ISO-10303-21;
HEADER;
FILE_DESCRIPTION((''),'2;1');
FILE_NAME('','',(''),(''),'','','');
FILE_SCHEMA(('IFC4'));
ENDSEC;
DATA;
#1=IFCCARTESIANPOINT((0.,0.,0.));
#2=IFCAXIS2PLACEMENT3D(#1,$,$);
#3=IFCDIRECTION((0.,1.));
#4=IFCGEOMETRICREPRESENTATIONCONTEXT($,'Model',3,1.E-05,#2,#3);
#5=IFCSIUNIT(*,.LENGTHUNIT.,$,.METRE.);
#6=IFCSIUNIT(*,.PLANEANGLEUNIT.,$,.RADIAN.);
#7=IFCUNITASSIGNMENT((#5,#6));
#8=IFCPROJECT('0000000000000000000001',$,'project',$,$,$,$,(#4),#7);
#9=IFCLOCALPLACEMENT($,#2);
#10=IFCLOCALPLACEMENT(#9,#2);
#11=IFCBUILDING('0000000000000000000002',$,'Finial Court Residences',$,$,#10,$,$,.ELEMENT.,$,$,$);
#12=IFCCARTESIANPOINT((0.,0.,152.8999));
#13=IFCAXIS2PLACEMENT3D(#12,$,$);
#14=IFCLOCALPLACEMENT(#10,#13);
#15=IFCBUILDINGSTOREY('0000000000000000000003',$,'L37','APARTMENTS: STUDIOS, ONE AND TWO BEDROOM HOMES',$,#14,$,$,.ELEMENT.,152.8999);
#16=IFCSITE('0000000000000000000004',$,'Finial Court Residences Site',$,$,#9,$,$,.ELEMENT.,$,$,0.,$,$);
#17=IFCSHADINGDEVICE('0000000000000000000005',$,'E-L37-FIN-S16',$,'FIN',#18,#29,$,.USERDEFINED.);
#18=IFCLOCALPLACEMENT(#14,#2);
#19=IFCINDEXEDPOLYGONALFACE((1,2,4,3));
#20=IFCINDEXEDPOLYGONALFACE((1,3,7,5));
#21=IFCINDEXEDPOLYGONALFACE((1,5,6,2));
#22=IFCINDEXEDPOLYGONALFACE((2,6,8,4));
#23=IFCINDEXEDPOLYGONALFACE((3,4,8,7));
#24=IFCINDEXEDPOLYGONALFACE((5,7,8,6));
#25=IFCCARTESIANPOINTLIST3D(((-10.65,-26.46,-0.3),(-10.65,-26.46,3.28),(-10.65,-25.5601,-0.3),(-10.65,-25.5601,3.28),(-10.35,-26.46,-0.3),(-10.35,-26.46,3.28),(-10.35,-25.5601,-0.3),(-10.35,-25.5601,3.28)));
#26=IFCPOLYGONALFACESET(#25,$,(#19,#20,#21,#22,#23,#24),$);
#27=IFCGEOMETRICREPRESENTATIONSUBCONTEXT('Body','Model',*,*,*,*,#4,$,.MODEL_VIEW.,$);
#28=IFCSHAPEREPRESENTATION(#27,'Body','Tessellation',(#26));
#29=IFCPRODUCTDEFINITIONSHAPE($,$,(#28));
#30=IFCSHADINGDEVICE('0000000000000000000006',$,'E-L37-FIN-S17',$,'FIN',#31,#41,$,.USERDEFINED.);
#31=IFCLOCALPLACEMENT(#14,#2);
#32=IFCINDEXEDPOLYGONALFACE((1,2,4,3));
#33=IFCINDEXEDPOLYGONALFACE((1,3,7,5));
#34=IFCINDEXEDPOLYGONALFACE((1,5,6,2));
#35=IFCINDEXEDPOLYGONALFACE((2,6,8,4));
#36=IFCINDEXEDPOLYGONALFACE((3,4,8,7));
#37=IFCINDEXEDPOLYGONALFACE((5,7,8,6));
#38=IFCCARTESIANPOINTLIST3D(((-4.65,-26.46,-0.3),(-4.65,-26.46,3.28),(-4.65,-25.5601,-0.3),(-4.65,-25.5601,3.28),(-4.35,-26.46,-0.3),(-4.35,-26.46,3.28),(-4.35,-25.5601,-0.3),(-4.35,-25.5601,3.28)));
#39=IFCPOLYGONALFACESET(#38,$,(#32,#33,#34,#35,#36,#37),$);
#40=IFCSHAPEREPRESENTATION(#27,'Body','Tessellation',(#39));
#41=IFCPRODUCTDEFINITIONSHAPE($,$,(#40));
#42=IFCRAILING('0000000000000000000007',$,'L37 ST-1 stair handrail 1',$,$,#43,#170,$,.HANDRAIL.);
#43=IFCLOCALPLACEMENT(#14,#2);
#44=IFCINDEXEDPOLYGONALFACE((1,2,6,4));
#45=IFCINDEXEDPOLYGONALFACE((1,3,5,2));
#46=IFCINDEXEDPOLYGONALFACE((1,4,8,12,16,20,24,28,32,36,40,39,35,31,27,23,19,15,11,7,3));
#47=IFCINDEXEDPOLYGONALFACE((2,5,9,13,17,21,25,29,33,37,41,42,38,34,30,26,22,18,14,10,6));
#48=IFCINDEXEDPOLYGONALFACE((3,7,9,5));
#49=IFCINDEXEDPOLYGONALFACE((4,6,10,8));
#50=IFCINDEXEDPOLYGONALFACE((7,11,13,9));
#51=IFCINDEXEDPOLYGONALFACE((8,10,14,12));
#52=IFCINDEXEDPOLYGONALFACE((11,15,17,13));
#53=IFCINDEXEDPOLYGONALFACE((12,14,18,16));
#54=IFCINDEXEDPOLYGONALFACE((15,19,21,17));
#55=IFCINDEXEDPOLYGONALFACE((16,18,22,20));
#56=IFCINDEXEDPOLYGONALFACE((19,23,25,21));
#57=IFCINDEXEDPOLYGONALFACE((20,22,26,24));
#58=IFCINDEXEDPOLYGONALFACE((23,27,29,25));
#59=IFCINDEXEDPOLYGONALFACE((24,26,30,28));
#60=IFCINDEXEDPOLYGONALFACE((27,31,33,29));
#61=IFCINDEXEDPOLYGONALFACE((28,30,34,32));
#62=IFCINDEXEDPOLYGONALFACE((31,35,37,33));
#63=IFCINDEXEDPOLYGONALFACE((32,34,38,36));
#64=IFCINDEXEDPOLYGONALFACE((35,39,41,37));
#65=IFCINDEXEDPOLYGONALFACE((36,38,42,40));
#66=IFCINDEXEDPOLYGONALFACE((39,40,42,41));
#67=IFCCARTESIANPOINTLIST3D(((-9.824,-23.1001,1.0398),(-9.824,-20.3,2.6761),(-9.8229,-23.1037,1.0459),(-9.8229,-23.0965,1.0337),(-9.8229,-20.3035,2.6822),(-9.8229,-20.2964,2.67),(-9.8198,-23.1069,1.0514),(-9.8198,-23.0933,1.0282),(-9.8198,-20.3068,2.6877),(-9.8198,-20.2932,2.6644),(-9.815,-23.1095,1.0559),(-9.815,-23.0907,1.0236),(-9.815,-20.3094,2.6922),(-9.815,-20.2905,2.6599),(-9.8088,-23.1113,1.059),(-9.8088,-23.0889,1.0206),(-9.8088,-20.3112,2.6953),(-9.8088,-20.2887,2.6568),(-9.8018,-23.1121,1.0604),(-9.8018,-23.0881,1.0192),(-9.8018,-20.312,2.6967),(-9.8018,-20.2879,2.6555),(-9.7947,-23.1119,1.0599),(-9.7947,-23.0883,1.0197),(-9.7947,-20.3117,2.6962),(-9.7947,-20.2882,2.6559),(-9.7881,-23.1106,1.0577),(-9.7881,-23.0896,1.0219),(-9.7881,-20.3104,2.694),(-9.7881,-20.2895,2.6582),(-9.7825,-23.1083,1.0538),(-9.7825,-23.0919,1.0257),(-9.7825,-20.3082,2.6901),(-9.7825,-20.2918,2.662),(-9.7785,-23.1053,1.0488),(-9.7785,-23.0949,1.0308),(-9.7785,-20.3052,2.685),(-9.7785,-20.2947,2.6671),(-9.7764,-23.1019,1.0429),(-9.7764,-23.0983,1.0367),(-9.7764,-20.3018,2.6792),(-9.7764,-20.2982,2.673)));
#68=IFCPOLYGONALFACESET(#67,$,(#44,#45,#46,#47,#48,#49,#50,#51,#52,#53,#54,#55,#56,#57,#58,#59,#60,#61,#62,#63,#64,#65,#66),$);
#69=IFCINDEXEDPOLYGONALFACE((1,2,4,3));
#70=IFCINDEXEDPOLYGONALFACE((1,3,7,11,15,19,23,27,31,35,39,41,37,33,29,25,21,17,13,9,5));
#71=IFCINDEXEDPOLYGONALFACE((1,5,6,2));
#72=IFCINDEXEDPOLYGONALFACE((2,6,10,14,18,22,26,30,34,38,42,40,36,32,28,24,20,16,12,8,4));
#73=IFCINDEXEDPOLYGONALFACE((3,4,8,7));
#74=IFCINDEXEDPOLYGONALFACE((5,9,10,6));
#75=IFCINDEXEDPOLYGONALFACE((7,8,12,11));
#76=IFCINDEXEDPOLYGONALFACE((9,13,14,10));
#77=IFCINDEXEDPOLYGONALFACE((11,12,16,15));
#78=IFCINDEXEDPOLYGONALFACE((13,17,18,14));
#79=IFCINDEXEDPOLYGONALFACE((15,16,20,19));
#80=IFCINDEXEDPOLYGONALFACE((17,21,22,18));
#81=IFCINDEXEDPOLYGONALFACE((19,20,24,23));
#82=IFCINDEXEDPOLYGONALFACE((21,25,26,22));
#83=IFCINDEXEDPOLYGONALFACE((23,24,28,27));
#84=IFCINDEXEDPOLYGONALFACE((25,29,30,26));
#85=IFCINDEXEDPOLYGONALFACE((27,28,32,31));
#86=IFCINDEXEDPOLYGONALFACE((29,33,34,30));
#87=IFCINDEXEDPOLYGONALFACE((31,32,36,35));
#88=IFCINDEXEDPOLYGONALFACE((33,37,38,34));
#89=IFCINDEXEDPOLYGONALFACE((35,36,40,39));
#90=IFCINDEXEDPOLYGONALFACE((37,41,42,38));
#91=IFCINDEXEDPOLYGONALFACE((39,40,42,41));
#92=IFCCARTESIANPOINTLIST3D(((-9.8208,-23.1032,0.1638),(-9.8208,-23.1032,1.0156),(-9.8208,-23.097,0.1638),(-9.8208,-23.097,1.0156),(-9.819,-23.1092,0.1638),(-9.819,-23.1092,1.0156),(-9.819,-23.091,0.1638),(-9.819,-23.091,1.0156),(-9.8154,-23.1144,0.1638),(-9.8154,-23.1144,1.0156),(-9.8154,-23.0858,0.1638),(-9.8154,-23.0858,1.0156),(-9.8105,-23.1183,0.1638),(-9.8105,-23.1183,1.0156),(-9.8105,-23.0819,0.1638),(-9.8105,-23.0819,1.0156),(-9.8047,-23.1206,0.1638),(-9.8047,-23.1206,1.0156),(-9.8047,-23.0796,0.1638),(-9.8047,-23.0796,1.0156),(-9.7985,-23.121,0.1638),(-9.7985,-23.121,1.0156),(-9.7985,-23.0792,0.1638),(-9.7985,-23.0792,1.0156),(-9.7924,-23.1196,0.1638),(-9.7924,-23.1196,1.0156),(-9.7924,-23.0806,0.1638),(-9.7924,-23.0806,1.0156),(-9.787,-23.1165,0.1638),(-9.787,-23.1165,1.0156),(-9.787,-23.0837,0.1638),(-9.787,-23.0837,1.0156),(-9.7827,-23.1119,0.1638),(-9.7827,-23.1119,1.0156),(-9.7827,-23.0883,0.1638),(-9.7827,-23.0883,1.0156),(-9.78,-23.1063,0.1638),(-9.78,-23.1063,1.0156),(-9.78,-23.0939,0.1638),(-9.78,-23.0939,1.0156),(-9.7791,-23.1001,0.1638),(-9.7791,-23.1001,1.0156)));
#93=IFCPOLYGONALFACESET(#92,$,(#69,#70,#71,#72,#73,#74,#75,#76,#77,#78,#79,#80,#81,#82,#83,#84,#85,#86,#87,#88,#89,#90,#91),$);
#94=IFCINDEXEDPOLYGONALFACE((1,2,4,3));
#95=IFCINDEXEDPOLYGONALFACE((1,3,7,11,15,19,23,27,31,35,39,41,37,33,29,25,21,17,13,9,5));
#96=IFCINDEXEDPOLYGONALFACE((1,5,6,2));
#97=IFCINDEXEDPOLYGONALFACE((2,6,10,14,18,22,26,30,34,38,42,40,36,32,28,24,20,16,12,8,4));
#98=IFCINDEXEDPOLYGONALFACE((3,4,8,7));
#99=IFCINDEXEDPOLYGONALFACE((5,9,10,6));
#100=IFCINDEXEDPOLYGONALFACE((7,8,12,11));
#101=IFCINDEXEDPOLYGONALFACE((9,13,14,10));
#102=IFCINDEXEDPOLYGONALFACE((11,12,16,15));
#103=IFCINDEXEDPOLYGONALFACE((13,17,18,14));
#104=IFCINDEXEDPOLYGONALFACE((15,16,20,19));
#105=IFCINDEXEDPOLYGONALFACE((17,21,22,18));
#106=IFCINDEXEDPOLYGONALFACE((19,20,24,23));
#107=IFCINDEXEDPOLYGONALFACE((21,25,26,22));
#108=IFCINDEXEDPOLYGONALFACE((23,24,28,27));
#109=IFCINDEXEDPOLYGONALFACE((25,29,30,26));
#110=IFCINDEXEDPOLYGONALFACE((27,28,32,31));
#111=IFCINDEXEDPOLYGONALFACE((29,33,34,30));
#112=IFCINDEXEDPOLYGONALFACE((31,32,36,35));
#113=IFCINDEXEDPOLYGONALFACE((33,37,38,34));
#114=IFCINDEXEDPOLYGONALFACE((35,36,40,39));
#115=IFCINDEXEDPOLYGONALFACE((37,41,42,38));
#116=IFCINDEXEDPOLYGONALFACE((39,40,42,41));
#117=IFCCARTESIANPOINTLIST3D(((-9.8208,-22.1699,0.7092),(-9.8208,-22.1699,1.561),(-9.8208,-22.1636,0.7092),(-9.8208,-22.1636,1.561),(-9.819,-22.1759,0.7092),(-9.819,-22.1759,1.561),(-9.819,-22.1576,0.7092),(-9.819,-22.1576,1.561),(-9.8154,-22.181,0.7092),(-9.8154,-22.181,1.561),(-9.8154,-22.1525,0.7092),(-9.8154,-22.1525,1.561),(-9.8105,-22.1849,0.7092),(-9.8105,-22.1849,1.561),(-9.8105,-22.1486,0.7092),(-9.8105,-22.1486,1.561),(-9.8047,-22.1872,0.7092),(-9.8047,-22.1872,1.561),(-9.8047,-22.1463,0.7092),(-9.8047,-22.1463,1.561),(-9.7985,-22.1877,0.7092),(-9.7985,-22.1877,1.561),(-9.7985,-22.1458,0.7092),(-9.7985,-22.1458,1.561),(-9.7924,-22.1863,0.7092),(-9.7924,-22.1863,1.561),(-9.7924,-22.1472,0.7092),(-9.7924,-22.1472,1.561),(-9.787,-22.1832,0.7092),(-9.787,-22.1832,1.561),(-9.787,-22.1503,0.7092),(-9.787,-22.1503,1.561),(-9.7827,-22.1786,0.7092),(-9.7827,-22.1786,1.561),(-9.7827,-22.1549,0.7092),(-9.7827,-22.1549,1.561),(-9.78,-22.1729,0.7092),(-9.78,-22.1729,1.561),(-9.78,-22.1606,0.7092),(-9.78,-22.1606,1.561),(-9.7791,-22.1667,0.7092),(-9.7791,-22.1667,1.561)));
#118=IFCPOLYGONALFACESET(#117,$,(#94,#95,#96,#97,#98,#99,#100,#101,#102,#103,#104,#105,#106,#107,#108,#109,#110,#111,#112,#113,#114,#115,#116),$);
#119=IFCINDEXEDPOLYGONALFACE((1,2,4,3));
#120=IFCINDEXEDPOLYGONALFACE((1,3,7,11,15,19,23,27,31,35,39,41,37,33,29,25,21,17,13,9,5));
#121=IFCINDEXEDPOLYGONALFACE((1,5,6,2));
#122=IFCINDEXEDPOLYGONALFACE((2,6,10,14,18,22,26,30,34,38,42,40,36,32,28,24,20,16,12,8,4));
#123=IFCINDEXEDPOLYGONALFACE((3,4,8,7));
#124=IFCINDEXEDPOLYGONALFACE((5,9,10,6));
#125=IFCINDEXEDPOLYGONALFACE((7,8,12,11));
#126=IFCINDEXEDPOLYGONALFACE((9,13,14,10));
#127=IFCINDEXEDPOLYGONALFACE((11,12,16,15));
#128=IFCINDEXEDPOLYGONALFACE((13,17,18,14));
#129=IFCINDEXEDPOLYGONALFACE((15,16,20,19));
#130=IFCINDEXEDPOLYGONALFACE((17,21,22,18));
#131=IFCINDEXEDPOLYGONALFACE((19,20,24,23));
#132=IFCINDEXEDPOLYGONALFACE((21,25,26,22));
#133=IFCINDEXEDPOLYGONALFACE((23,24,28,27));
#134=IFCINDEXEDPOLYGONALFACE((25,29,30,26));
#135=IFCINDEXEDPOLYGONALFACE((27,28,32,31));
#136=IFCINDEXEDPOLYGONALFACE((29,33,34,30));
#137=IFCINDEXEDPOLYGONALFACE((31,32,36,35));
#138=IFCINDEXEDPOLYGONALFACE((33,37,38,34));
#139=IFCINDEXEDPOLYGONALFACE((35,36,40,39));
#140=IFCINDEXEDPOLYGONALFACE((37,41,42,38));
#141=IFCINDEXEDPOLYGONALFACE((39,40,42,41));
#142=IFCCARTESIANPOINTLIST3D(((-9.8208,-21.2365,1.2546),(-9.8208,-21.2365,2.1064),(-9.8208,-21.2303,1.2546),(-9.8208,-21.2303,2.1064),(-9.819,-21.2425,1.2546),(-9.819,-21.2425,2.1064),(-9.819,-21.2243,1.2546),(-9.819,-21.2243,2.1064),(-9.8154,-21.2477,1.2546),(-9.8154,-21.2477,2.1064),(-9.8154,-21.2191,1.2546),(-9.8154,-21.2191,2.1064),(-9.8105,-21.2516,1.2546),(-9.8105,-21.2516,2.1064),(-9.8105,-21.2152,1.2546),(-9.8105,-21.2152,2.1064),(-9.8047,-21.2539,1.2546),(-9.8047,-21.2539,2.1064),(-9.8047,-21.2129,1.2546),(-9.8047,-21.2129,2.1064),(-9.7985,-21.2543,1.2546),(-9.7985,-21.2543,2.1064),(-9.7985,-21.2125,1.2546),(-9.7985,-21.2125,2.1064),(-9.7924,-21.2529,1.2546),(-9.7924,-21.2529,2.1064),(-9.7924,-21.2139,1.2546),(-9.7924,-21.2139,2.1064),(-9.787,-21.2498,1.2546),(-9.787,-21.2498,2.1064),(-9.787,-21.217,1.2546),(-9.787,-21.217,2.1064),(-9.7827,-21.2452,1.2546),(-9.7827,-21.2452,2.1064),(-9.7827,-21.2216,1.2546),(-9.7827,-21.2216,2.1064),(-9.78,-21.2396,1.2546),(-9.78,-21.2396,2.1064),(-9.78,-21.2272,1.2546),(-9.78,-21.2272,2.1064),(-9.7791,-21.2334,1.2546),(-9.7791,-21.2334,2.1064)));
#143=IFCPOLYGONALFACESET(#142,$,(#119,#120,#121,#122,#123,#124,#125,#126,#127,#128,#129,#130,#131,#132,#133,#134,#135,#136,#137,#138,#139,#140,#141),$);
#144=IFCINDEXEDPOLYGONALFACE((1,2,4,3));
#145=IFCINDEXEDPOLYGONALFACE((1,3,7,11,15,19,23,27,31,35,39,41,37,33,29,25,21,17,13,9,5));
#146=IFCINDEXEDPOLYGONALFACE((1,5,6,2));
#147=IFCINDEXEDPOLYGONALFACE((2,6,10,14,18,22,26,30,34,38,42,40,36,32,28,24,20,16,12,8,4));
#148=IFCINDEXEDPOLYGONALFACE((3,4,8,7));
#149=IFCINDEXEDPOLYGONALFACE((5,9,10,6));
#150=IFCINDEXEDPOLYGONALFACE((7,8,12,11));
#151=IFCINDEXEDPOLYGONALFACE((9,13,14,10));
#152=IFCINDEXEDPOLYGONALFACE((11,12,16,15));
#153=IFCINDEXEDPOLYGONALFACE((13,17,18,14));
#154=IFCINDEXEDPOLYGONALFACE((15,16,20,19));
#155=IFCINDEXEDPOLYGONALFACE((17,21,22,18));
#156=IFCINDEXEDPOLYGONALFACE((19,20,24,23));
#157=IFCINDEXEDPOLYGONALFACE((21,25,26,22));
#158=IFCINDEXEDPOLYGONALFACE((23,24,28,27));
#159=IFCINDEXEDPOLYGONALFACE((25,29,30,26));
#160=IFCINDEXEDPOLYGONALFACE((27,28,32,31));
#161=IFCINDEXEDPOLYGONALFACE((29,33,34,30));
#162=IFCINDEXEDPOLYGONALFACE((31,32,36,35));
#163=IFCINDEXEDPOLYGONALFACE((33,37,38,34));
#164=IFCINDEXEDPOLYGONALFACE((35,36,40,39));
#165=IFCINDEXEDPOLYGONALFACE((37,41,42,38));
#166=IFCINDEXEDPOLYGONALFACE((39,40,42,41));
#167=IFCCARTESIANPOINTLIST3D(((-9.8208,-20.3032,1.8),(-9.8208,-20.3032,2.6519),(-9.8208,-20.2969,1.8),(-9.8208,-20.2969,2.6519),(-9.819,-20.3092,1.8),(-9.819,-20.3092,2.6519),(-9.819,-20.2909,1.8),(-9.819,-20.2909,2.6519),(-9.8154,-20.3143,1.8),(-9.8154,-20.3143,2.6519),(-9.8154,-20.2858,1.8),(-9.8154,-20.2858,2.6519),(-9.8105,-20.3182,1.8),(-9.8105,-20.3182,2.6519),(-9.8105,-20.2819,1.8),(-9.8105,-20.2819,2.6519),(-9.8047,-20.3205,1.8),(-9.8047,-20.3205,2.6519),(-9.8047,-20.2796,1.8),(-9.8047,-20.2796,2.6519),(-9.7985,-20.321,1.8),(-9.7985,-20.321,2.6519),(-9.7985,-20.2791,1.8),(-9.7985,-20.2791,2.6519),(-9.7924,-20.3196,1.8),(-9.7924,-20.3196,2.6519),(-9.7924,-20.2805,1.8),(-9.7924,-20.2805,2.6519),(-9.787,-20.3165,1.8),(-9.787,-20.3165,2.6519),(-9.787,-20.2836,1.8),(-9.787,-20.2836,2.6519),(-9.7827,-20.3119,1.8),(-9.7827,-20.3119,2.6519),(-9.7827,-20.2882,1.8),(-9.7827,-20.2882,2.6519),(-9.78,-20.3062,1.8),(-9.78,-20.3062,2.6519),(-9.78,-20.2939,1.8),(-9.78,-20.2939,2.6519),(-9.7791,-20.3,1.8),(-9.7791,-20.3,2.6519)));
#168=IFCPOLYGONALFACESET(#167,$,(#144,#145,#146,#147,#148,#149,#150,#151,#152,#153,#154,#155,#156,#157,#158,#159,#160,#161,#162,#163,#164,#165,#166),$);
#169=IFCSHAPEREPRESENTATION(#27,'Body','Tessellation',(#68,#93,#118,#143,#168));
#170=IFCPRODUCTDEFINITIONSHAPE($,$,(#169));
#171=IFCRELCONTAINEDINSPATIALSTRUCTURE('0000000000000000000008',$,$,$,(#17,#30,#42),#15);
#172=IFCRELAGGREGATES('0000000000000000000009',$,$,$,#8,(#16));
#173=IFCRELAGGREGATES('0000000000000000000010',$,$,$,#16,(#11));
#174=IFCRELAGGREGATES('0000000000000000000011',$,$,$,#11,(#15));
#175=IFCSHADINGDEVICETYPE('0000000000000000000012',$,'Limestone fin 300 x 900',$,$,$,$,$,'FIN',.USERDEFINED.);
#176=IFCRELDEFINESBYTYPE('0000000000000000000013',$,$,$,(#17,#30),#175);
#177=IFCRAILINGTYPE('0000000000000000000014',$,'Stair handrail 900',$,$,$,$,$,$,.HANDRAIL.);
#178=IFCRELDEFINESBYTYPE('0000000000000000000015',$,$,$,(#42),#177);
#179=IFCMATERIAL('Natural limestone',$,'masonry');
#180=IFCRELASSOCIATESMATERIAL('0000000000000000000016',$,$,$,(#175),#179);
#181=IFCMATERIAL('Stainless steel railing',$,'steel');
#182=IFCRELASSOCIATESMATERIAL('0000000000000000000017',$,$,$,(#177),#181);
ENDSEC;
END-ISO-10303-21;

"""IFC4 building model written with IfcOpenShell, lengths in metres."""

from ifc_helpers import new_model, si_unit, direction, frame, origin, origin_2d, place, context, subcontext, project, spatial, rectangle, circle, extrude, material, type_object, element, save


model = new_model("IFC4")

# Units and contexts
model_context = context("Model", 3, precision=1e-05, world=origin(), true_north=direction((0.0, 1.0)))
body_context = subcontext(model_context, "Body", "Model", "MODEL_VIEW")
ifc_project = project(units=[si_unit("LENGTHUNIT", "METRE"), si_unit("PLANEANGLEUNIT", "RADIAN")], contexts=[model_context])

# Site, building, storey
site_placement = place(None, origin())
site = spatial("IfcSite", under=ifc_project, at=site_placement, Name="Finial Court Residences Site", CompositionType="ELEMENT", RefElevation=0.0)
building_placement = place(site_placement, origin())
building = spatial("IfcBuilding", under=site, at=building_placement, Name="Finial Court Residences", CompositionType="ELEMENT")
storey_placement = place(building_placement, frame((0.0, 0.0, 152.8999)))
storey = spatial("IfcBuildingStorey", under=building, at=storey_placement, Name="L37", Description="APARTMENTS: STUDIOS, ONE AND TWO BEDROOM HOMES", CompositionType="ELEMENT", Elevation=152.8999)

# Shading devices
ifc_material_1 = material(Name="Natural limestone", Category="masonry")
shading_device_type = type_object("IfcShadingDeviceType", Name="Limestone fin 300 x 900", ElementType="FIN", PredefinedType="USERDEFINED", material=ifc_material_1)
for number, where, z_axis, x_axis, name in (
    (1, (-10.5, -26.01, -0.3), (0.0, 0.0, 1.0), (1.0, 0.0, 0.0), "E-L37-FIN-S16"),
    (2, (-4.5, -26.01, -0.3), (0.0, 0.0, 1.0), (1.0, 0.0, 0.0), "E-L37-FIN-S17"),
):
    element("IfcShadingDevice", number, at=place(storey_placement, frame(where, z_axis=z_axis, x_axis=x_axis)), inside=storey, type_object=shading_device_type, Name=name, ObjectType="FIN", PredefinedType="USERDEFINED", context=body_context, shape_type="SweptSolid", body=[
        extrude(rectangle(XDim=0.3, YDim=0.8999, at=origin_2d()), origin(), (0.0, 0.0, 1.0), 3.5801),
    ])

# Railing
ifc_material_2 = material(Name="Stainless steel railing", Category="steel")
railing_type_1 = type_object("IfcRailingType", Name="Stair handrail 900", PredefinedType="HANDRAIL", material=ifc_material_2)
railing_1_placement = place(storey_placement, frame((-9.8, -23.1001, 0.1638)))
element("IfcRailing", 3, at=railing_1_placement, inside=storey, type_object=railing_type_1, Name="L37 ST-1 stair handrail 1", PredefinedType="HANDRAIL", context=body_context, shape_type="SweptSolid", body=[
    extrude(circle(Radius=0.0239, at=origin_2d()), frame((0.0, 0.0, 0.876), z_axis=(0.0, 0.863394, 0.504531), x_axis=(-1.0, 0.0, 0.0)), (0.0, 0.0, 1.0), 3.2432),
    extrude(circle(Radius=0.021, at=origin_2d()), origin(), (0.0, 0.0, 1.0), 0.8518),
    extrude(circle(Radius=0.021, at=origin_2d()), frame((0.0, 0.9333, 0.5454)), (0.0, 0.0, 1.0), 0.8518),
    extrude(circle(Radius=0.021, at=origin_2d()), frame((0.0, 1.8667, 1.0908)), (0.0, 0.0, 1.0), 0.8518),
    extrude(circle(Radius=0.021, at=origin_2d()), frame((0.0, 2.8, 1.6362)), (0.0, 0.0, 1.0), 0.8518),
])

save(model, "model.ifc")
